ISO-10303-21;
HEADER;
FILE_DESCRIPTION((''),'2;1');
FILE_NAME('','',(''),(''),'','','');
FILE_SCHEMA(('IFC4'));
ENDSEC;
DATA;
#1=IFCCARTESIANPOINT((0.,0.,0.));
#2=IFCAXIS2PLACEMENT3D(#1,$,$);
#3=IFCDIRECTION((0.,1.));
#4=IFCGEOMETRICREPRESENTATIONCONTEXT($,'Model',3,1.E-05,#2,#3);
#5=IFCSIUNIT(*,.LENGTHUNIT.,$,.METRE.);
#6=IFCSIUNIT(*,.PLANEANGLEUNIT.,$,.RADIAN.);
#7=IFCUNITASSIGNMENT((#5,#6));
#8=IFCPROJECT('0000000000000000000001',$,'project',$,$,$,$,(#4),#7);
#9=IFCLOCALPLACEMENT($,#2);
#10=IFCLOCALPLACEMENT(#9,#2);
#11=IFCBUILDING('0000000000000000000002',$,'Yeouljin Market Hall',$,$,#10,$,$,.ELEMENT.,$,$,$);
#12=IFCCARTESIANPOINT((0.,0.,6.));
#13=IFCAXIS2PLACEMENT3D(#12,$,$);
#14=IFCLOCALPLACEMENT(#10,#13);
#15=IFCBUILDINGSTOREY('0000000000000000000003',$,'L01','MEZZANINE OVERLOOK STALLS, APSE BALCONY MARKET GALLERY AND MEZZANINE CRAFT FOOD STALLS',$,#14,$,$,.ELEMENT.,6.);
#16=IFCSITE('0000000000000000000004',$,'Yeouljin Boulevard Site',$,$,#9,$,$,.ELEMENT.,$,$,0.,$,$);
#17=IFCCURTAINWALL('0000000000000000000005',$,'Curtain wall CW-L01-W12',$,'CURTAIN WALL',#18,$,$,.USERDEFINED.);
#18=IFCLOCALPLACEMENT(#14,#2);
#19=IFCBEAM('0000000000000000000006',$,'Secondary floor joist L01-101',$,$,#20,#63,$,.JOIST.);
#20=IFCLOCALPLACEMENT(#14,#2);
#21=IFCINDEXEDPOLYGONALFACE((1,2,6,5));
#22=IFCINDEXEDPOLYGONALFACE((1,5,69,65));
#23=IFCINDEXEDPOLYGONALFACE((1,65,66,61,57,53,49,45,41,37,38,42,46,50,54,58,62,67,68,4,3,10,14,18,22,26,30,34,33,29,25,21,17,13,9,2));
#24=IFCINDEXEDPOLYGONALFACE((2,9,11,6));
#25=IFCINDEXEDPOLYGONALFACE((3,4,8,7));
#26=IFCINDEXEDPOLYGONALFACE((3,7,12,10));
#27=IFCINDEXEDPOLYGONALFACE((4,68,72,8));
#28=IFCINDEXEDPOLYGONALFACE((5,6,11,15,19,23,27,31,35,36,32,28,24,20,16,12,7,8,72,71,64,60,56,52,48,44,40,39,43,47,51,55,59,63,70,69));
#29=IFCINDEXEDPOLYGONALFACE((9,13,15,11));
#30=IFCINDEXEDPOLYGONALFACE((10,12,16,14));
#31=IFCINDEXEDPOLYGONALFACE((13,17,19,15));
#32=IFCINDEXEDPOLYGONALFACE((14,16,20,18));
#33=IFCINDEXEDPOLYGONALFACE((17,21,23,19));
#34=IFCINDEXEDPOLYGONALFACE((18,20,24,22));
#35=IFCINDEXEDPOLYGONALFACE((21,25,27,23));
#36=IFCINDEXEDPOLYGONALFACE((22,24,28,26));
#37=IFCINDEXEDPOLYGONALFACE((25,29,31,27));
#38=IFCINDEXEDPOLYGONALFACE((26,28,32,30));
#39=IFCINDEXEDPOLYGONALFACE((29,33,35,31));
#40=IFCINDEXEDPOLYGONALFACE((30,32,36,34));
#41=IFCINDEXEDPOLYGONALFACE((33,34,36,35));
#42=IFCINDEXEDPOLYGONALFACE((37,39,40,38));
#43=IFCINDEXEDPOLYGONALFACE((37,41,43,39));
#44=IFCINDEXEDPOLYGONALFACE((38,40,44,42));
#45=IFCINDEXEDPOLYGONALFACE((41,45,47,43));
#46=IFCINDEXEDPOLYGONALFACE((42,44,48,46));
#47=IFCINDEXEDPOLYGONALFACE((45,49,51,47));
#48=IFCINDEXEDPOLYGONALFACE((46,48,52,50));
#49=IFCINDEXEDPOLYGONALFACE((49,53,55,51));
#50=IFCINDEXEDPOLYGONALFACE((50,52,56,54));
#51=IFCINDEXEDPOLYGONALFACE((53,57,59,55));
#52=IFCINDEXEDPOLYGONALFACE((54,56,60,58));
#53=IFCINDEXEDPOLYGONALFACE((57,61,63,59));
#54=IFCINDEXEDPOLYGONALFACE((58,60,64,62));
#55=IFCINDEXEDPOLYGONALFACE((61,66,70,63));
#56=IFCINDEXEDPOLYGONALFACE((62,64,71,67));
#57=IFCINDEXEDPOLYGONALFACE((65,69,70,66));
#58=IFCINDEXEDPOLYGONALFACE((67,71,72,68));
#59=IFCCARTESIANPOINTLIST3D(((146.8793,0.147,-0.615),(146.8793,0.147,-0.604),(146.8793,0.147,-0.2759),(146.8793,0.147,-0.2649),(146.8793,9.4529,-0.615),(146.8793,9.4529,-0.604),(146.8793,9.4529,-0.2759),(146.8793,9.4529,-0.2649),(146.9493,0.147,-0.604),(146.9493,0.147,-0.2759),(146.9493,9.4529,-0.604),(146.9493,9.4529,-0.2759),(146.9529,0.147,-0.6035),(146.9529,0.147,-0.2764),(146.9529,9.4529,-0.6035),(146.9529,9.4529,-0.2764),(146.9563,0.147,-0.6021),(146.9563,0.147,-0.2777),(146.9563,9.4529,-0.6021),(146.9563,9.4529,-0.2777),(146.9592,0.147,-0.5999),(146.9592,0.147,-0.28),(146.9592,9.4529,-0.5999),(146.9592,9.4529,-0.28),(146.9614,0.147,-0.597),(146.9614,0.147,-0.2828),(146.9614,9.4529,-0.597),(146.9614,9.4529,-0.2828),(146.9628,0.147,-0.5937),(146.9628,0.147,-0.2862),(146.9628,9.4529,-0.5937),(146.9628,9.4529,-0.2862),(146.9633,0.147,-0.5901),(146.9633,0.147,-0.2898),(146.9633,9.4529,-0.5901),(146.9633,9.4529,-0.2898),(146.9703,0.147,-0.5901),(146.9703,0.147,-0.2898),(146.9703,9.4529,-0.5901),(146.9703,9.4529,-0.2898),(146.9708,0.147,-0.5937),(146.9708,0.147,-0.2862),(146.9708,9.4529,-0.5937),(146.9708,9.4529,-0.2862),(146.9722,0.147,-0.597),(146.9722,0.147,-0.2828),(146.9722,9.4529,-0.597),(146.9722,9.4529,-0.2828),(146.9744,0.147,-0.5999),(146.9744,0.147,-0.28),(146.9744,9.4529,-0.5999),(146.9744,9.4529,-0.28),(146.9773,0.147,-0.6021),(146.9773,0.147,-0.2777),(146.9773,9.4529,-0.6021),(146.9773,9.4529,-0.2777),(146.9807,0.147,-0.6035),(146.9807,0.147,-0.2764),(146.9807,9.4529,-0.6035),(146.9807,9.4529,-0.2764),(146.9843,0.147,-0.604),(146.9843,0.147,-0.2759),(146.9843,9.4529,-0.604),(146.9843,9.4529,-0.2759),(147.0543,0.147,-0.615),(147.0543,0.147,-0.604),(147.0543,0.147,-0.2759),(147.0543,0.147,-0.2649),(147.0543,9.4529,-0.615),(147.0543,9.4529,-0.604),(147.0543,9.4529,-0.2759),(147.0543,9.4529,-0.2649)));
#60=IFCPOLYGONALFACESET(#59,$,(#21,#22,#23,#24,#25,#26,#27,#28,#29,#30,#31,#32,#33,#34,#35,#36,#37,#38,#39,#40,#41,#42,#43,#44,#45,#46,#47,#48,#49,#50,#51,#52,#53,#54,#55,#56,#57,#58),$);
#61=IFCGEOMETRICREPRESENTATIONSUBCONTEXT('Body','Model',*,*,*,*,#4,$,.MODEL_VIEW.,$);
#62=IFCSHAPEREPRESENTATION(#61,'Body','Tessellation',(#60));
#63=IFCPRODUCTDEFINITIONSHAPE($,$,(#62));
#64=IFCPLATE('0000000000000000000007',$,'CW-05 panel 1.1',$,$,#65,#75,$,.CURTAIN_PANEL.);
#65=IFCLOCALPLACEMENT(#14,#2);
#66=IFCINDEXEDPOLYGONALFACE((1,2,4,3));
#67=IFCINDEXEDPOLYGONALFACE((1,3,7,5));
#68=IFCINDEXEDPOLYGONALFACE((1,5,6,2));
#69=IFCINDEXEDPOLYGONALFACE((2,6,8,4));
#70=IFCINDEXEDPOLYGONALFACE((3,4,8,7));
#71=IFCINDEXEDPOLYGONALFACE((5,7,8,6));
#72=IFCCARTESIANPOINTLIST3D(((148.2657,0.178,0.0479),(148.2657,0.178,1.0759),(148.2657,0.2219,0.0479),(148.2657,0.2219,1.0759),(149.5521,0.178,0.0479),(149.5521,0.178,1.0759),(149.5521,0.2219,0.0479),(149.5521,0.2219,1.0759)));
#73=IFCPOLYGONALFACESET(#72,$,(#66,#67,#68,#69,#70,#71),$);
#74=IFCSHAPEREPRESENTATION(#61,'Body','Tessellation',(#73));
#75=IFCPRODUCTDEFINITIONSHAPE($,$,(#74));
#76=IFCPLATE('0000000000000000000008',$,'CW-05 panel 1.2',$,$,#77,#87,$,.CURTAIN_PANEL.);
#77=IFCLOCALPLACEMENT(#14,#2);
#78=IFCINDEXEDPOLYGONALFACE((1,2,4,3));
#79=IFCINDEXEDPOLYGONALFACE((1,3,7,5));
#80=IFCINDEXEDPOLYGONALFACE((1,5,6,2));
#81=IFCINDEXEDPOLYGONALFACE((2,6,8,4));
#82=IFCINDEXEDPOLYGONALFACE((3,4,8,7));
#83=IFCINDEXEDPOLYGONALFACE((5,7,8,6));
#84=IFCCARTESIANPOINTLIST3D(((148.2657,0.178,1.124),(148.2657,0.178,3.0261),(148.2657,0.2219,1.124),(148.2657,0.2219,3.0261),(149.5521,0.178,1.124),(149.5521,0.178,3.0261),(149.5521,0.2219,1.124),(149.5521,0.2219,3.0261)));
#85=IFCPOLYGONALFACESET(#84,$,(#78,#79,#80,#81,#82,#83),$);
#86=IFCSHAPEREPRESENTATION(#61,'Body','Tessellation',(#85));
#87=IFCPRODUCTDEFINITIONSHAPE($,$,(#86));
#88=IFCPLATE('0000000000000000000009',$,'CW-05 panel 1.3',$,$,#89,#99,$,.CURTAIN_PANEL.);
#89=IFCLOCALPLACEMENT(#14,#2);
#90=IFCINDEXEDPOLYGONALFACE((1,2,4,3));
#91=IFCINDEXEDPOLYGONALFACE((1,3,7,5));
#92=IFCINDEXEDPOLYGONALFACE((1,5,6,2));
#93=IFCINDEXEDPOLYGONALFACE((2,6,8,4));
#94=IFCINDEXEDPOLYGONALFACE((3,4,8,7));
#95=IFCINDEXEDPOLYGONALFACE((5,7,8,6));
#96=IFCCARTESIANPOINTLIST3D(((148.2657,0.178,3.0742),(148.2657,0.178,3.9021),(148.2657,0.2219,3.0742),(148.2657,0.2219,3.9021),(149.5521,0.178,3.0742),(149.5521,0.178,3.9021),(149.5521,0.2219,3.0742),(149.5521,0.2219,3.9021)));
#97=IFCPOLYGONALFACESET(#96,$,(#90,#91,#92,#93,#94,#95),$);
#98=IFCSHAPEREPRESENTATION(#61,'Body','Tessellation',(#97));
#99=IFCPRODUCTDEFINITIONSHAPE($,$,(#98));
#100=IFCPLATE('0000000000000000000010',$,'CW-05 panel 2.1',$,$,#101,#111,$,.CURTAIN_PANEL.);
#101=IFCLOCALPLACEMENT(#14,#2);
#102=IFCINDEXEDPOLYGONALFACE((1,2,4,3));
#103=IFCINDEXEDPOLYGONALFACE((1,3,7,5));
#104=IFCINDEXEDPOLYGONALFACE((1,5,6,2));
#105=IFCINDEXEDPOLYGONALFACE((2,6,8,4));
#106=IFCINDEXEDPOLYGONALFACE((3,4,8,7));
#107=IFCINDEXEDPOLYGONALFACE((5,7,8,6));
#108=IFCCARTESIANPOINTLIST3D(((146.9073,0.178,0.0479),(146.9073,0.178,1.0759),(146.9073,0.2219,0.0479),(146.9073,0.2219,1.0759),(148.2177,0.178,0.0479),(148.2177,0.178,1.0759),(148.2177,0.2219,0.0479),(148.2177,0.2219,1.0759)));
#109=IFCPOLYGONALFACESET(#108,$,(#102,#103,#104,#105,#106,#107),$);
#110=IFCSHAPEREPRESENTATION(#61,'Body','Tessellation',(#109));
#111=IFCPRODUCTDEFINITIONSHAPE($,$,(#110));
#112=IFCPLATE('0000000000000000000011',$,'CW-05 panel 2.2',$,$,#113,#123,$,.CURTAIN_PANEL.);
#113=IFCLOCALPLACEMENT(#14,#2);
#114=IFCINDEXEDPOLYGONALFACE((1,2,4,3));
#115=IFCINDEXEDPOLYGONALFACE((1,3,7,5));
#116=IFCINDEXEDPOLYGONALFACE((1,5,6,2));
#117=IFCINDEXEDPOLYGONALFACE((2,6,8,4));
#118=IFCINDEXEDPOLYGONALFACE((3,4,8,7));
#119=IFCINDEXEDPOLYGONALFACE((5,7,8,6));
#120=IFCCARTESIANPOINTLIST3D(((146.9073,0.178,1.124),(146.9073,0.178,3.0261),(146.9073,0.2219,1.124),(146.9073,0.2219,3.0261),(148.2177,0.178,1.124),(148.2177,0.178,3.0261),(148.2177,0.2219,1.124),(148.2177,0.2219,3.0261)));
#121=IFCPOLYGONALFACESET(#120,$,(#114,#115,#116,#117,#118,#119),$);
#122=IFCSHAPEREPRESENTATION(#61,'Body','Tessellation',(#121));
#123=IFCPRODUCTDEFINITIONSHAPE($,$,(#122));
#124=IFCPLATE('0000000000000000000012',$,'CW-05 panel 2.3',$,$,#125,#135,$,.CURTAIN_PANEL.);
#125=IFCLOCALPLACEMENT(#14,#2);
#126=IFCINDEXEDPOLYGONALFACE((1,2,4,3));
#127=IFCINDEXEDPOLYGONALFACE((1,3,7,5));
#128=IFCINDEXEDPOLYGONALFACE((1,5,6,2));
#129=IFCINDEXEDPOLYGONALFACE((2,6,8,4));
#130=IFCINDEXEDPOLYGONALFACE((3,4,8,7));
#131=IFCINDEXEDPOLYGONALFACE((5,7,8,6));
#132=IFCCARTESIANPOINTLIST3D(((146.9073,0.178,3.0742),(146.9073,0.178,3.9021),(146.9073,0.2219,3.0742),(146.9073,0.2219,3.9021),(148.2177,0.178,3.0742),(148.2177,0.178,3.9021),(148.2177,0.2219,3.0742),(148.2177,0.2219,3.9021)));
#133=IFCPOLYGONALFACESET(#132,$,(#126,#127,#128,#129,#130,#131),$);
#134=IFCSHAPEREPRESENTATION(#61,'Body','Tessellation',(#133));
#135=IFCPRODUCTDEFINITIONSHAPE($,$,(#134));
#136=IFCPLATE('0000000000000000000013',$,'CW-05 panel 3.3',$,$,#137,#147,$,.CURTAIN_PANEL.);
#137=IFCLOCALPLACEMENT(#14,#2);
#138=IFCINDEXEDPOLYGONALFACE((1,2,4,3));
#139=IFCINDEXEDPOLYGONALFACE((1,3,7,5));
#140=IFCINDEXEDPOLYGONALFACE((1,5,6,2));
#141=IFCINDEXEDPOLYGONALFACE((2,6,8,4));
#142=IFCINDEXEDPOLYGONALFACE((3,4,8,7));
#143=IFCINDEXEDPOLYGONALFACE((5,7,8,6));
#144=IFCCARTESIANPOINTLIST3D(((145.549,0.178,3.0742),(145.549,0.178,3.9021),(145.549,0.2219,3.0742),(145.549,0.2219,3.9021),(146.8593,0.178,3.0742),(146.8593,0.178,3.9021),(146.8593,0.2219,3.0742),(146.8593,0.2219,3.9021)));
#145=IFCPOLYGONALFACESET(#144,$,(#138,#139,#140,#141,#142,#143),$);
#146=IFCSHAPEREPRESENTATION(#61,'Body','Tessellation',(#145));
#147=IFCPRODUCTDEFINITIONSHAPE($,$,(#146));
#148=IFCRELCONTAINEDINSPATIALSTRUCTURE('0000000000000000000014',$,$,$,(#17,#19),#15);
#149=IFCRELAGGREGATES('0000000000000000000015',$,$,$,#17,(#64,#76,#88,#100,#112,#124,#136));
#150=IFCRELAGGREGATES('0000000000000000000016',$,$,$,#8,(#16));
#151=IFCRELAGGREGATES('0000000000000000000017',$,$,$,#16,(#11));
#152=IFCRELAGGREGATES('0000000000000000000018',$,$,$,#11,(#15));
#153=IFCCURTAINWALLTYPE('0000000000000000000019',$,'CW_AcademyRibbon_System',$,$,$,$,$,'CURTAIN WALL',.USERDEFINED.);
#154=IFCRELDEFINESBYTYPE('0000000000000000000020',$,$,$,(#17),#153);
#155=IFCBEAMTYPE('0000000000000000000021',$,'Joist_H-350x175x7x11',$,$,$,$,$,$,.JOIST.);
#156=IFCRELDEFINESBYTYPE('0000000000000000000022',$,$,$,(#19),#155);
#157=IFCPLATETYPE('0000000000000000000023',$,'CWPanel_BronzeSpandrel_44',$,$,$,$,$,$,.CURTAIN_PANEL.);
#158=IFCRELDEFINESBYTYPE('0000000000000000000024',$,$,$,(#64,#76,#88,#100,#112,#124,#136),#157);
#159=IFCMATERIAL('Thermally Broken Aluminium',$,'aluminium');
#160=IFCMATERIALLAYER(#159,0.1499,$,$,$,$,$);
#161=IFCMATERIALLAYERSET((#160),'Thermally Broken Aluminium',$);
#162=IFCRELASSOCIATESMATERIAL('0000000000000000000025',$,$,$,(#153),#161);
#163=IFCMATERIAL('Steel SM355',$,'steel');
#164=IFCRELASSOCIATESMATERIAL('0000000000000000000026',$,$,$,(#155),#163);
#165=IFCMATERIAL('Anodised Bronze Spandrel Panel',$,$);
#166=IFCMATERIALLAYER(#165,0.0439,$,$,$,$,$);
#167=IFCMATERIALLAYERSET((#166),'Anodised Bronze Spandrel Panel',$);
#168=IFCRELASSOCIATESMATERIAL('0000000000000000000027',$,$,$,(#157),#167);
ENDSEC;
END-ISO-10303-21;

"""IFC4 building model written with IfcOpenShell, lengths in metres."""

from ifc_helpers import new_model, si_unit, direction, frame, origin, origin_2d, place, context, subcontext, project, spatial, rectangle, i_section, extrude, material, layer, layer_set, material_profile, profile_set, type_object, element, aggregate, save


model = new_model("IFC4")

# Units and contexts
model_context = context("Model", 3, precision=1e-05, world=origin(), true_north=direction((0.0, 1.0)))
body_context = subcontext(model_context, "Body", "Model", "MODEL_VIEW")
ifc_project = project(units=[si_unit("LENGTHUNIT", "METRE"), si_unit("PLANEANGLEUNIT", "RADIAN")], contexts=[model_context])

# Site, building, storey
site_placement = place(None, origin())
site = spatial("IfcSite", under=ifc_project, at=site_placement, Name="Yeouljin Boulevard Site", CompositionType="ELEMENT", RefElevation=0.0)
building_placement = place(site_placement, origin())
building = spatial("IfcBuilding", under=site, at=building_placement, Name="Yeouljin Market Hall", CompositionType="ELEMENT")
storey_placement = place(building_placement, frame((0.0, 0.0, 6.0)))
storey = spatial("IfcBuildingStorey", under=building, at=storey_placement, Name="L01", Description="MEZZANINE OVERLOOK STALLS, APSE BALCONY MARKET GALLERY AND MEZZANINE CRAFT FOOD STALLS", CompositionType="ELEMENT", Elevation=6.0)

# Curtain wall
ifc_material_1 = material(Name="Thermally Broken Aluminium", Category="aluminium")
ifc_layer_1 = layer(ifc_material_1, 0.1499)
ifc_layer_set_1 = layer_set([ifc_layer_1], Name="Thermally Broken Aluminium")
curtain_wall_type = type_object("IfcCurtainWallType", Name="CW_AcademyRibbon_System", ElementType="CURTAIN WALL", PredefinedType="USERDEFINED", material=ifc_layer_set_1)
curtain_wall_placement = place(storey_placement, origin())
curtain_wall = element("IfcCurtainWall", 1, at=curtain_wall_placement, inside=storey, type_object=curtain_wall_type, Name="Curtain wall CW-L01-W12", ObjectType="CURTAIN WALL", PredefinedType="USERDEFINED")

# Beam
ifc_material_2 = material(Name="Steel SM355", Category="steel")
ifc_material_profile_1 = material_profile(ifc_material_2, i_section(OverallWidth=0.175, OverallDepth=0.3501, WebThickness=0.0071, FlangeThickness=0.011, FilletRadius=0.0139, at=origin_2d()), Name="H-350x175x7x11")
ifc_profile_set_1 = profile_set([ifc_material_profile_1], Name="Steel SM355")
beam_type_1 = type_object("IfcBeamType", Name="Joist_H-350x175x7x11", PredefinedType="JOIST", material=ifc_profile_set_1)
beam_1_placement = place(storey_placement, frame((146.9668, 0.147, -0.4399), z_axis=(0.0, 1.0, 0.0), x_axis=(-1.0, 0.0, 0.0)))
element("IfcBeam", 2, at=beam_1_placement, inside=storey, type_object=beam_type_1, Name="Secondary floor joist L01-101", PredefinedType="JOIST", context=body_context, shape_type="SweptSolid", body=[
    extrude(i_section(OverallWidth=0.175, OverallDepth=0.3501, WebThickness=0.0071, FlangeThickness=0.011, FilletRadius=0.0139, at=origin_2d()), origin(), (0.0, 0.0, 1.0), 9.3059),
])

# Plates
ifc_material_3 = material(Name="Anodised Bronze Spandrel Panel")
ifc_layer_2 = layer(ifc_material_3, 0.0439)
ifc_layer_set_2 = layer_set([ifc_layer_2], Name="Anodised Bronze Spandrel Panel")
plate_type = type_object("IfcPlateType", Name="CWPanel_BronzeSpandrel_44", PredefinedType="CURTAIN_PANEL", material=ifc_layer_set_2)
plate_1_placement = place(storey_placement, frame((148.9089, 0.2, 0.0479), z_axis=(0.0, 0.0, 1.0), x_axis=(-1.0, 0.0, 0.0)))
plate_1 = element("IfcPlate", 3, at=plate_1_placement, type_object=plate_type, Name="CW-05 panel 1.1", PredefinedType="CURTAIN_PANEL", context=body_context, shape_type="SweptSolid", body=[
    extrude(rectangle(XDim=1.2864, YDim=0.0439, at=origin_2d()), origin(), (0.0, 0.0, 1.0), 1.0281),
])
plate_2_placement = place(storey_placement, frame((148.9089, 0.2, 1.124), z_axis=(0.0, 0.0, 1.0), x_axis=(-1.0, 0.0, 0.0)))
plate_2 = element("IfcPlate", 4, at=plate_2_placement, type_object=plate_type, Name="CW-05 panel 1.2", PredefinedType="CURTAIN_PANEL", context=body_context, shape_type="SweptSolid", body=[
    extrude(rectangle(XDim=1.2864, YDim=0.0439, at=origin_2d()), origin(), (0.0, 0.0, 1.0), 1.9021),
])
plate_3_placement = place(storey_placement, frame((148.9089, 0.2, 3.0742), z_axis=(0.0, 0.0, 1.0), x_axis=(-1.0, 0.0, 0.0)))
plate_3 = element("IfcPlate", 5, at=plate_3_placement, type_object=plate_type, Name="CW-05 panel 1.3", PredefinedType="CURTAIN_PANEL", context=body_context, shape_type="SweptSolid", body=[
    extrude(rectangle(XDim=1.2864, YDim=0.0439, at=origin_2d()), origin(), (0.0, 0.0, 1.0), 0.8279),
])
plate_4_placement = place(storey_placement, frame((147.5625, 0.2, 0.0479), z_axis=(0.0, 0.0, 1.0), x_axis=(-1.0, 0.0, 0.0)))
plate_4 = element("IfcPlate", 6, at=plate_4_placement, type_object=plate_type, Name="CW-05 panel 2.1", PredefinedType="CURTAIN_PANEL", context=body_context, shape_type="SweptSolid", body=[
    extrude(rectangle(XDim=1.3103, YDim=0.0439, at=origin_2d()), origin(), (0.0, 0.0, 1.0), 1.0281),
])
plate_5_placement = place(storey_placement, frame((147.5625, 0.2, 1.124), z_axis=(0.0, 0.0, 1.0), x_axis=(-1.0, 0.0, 0.0)))
plate_5 = element("IfcPlate", 7, at=plate_5_placement, type_object=plate_type, Name="CW-05 panel 2.2", PredefinedType="CURTAIN_PANEL", context=body_context, shape_type="SweptSolid", body=[
    extrude(rectangle(XDim=1.3103, YDim=0.0439, at=origin_2d()), origin(), (0.0, 0.0, 1.0), 1.9021),
])
plate_6_placement = place(storey_placement, frame((147.5625, 0.2, 3.0742), z_axis=(0.0, 0.0, 1.0), x_axis=(-1.0, 0.0, 0.0)))
plate_6 = element("IfcPlate", 8, at=plate_6_placement, type_object=plate_type, Name="CW-05 panel 2.3", PredefinedType="CURTAIN_PANEL", context=body_context, shape_type="SweptSolid", body=[
    extrude(rectangle(XDim=1.3103, YDim=0.0439, at=origin_2d()), origin(), (0.0, 0.0, 1.0), 0.8279),
])
plate_7_placement = place(storey_placement, frame((146.2041, 0.2, 3.0742), z_axis=(0.0, 0.0, 1.0), x_axis=(-1.0, 0.0, 0.0)))
plate_7 = element("IfcPlate", 9, at=plate_7_placement, type_object=plate_type, Name="CW-05 panel 3.3", PredefinedType="CURTAIN_PANEL", context=body_context, shape_type="SweptSolid", body=[
    extrude(rectangle(XDim=1.3103, YDim=0.0439, at=origin_2d()), origin(), (0.0, 0.0, 1.0), 0.8279),
])
aggregate(curtain_wall, [plate_1, plate_2, plate_3, plate_4, plate_5, plate_6, plate_7])

save(model, "model.ifc")
